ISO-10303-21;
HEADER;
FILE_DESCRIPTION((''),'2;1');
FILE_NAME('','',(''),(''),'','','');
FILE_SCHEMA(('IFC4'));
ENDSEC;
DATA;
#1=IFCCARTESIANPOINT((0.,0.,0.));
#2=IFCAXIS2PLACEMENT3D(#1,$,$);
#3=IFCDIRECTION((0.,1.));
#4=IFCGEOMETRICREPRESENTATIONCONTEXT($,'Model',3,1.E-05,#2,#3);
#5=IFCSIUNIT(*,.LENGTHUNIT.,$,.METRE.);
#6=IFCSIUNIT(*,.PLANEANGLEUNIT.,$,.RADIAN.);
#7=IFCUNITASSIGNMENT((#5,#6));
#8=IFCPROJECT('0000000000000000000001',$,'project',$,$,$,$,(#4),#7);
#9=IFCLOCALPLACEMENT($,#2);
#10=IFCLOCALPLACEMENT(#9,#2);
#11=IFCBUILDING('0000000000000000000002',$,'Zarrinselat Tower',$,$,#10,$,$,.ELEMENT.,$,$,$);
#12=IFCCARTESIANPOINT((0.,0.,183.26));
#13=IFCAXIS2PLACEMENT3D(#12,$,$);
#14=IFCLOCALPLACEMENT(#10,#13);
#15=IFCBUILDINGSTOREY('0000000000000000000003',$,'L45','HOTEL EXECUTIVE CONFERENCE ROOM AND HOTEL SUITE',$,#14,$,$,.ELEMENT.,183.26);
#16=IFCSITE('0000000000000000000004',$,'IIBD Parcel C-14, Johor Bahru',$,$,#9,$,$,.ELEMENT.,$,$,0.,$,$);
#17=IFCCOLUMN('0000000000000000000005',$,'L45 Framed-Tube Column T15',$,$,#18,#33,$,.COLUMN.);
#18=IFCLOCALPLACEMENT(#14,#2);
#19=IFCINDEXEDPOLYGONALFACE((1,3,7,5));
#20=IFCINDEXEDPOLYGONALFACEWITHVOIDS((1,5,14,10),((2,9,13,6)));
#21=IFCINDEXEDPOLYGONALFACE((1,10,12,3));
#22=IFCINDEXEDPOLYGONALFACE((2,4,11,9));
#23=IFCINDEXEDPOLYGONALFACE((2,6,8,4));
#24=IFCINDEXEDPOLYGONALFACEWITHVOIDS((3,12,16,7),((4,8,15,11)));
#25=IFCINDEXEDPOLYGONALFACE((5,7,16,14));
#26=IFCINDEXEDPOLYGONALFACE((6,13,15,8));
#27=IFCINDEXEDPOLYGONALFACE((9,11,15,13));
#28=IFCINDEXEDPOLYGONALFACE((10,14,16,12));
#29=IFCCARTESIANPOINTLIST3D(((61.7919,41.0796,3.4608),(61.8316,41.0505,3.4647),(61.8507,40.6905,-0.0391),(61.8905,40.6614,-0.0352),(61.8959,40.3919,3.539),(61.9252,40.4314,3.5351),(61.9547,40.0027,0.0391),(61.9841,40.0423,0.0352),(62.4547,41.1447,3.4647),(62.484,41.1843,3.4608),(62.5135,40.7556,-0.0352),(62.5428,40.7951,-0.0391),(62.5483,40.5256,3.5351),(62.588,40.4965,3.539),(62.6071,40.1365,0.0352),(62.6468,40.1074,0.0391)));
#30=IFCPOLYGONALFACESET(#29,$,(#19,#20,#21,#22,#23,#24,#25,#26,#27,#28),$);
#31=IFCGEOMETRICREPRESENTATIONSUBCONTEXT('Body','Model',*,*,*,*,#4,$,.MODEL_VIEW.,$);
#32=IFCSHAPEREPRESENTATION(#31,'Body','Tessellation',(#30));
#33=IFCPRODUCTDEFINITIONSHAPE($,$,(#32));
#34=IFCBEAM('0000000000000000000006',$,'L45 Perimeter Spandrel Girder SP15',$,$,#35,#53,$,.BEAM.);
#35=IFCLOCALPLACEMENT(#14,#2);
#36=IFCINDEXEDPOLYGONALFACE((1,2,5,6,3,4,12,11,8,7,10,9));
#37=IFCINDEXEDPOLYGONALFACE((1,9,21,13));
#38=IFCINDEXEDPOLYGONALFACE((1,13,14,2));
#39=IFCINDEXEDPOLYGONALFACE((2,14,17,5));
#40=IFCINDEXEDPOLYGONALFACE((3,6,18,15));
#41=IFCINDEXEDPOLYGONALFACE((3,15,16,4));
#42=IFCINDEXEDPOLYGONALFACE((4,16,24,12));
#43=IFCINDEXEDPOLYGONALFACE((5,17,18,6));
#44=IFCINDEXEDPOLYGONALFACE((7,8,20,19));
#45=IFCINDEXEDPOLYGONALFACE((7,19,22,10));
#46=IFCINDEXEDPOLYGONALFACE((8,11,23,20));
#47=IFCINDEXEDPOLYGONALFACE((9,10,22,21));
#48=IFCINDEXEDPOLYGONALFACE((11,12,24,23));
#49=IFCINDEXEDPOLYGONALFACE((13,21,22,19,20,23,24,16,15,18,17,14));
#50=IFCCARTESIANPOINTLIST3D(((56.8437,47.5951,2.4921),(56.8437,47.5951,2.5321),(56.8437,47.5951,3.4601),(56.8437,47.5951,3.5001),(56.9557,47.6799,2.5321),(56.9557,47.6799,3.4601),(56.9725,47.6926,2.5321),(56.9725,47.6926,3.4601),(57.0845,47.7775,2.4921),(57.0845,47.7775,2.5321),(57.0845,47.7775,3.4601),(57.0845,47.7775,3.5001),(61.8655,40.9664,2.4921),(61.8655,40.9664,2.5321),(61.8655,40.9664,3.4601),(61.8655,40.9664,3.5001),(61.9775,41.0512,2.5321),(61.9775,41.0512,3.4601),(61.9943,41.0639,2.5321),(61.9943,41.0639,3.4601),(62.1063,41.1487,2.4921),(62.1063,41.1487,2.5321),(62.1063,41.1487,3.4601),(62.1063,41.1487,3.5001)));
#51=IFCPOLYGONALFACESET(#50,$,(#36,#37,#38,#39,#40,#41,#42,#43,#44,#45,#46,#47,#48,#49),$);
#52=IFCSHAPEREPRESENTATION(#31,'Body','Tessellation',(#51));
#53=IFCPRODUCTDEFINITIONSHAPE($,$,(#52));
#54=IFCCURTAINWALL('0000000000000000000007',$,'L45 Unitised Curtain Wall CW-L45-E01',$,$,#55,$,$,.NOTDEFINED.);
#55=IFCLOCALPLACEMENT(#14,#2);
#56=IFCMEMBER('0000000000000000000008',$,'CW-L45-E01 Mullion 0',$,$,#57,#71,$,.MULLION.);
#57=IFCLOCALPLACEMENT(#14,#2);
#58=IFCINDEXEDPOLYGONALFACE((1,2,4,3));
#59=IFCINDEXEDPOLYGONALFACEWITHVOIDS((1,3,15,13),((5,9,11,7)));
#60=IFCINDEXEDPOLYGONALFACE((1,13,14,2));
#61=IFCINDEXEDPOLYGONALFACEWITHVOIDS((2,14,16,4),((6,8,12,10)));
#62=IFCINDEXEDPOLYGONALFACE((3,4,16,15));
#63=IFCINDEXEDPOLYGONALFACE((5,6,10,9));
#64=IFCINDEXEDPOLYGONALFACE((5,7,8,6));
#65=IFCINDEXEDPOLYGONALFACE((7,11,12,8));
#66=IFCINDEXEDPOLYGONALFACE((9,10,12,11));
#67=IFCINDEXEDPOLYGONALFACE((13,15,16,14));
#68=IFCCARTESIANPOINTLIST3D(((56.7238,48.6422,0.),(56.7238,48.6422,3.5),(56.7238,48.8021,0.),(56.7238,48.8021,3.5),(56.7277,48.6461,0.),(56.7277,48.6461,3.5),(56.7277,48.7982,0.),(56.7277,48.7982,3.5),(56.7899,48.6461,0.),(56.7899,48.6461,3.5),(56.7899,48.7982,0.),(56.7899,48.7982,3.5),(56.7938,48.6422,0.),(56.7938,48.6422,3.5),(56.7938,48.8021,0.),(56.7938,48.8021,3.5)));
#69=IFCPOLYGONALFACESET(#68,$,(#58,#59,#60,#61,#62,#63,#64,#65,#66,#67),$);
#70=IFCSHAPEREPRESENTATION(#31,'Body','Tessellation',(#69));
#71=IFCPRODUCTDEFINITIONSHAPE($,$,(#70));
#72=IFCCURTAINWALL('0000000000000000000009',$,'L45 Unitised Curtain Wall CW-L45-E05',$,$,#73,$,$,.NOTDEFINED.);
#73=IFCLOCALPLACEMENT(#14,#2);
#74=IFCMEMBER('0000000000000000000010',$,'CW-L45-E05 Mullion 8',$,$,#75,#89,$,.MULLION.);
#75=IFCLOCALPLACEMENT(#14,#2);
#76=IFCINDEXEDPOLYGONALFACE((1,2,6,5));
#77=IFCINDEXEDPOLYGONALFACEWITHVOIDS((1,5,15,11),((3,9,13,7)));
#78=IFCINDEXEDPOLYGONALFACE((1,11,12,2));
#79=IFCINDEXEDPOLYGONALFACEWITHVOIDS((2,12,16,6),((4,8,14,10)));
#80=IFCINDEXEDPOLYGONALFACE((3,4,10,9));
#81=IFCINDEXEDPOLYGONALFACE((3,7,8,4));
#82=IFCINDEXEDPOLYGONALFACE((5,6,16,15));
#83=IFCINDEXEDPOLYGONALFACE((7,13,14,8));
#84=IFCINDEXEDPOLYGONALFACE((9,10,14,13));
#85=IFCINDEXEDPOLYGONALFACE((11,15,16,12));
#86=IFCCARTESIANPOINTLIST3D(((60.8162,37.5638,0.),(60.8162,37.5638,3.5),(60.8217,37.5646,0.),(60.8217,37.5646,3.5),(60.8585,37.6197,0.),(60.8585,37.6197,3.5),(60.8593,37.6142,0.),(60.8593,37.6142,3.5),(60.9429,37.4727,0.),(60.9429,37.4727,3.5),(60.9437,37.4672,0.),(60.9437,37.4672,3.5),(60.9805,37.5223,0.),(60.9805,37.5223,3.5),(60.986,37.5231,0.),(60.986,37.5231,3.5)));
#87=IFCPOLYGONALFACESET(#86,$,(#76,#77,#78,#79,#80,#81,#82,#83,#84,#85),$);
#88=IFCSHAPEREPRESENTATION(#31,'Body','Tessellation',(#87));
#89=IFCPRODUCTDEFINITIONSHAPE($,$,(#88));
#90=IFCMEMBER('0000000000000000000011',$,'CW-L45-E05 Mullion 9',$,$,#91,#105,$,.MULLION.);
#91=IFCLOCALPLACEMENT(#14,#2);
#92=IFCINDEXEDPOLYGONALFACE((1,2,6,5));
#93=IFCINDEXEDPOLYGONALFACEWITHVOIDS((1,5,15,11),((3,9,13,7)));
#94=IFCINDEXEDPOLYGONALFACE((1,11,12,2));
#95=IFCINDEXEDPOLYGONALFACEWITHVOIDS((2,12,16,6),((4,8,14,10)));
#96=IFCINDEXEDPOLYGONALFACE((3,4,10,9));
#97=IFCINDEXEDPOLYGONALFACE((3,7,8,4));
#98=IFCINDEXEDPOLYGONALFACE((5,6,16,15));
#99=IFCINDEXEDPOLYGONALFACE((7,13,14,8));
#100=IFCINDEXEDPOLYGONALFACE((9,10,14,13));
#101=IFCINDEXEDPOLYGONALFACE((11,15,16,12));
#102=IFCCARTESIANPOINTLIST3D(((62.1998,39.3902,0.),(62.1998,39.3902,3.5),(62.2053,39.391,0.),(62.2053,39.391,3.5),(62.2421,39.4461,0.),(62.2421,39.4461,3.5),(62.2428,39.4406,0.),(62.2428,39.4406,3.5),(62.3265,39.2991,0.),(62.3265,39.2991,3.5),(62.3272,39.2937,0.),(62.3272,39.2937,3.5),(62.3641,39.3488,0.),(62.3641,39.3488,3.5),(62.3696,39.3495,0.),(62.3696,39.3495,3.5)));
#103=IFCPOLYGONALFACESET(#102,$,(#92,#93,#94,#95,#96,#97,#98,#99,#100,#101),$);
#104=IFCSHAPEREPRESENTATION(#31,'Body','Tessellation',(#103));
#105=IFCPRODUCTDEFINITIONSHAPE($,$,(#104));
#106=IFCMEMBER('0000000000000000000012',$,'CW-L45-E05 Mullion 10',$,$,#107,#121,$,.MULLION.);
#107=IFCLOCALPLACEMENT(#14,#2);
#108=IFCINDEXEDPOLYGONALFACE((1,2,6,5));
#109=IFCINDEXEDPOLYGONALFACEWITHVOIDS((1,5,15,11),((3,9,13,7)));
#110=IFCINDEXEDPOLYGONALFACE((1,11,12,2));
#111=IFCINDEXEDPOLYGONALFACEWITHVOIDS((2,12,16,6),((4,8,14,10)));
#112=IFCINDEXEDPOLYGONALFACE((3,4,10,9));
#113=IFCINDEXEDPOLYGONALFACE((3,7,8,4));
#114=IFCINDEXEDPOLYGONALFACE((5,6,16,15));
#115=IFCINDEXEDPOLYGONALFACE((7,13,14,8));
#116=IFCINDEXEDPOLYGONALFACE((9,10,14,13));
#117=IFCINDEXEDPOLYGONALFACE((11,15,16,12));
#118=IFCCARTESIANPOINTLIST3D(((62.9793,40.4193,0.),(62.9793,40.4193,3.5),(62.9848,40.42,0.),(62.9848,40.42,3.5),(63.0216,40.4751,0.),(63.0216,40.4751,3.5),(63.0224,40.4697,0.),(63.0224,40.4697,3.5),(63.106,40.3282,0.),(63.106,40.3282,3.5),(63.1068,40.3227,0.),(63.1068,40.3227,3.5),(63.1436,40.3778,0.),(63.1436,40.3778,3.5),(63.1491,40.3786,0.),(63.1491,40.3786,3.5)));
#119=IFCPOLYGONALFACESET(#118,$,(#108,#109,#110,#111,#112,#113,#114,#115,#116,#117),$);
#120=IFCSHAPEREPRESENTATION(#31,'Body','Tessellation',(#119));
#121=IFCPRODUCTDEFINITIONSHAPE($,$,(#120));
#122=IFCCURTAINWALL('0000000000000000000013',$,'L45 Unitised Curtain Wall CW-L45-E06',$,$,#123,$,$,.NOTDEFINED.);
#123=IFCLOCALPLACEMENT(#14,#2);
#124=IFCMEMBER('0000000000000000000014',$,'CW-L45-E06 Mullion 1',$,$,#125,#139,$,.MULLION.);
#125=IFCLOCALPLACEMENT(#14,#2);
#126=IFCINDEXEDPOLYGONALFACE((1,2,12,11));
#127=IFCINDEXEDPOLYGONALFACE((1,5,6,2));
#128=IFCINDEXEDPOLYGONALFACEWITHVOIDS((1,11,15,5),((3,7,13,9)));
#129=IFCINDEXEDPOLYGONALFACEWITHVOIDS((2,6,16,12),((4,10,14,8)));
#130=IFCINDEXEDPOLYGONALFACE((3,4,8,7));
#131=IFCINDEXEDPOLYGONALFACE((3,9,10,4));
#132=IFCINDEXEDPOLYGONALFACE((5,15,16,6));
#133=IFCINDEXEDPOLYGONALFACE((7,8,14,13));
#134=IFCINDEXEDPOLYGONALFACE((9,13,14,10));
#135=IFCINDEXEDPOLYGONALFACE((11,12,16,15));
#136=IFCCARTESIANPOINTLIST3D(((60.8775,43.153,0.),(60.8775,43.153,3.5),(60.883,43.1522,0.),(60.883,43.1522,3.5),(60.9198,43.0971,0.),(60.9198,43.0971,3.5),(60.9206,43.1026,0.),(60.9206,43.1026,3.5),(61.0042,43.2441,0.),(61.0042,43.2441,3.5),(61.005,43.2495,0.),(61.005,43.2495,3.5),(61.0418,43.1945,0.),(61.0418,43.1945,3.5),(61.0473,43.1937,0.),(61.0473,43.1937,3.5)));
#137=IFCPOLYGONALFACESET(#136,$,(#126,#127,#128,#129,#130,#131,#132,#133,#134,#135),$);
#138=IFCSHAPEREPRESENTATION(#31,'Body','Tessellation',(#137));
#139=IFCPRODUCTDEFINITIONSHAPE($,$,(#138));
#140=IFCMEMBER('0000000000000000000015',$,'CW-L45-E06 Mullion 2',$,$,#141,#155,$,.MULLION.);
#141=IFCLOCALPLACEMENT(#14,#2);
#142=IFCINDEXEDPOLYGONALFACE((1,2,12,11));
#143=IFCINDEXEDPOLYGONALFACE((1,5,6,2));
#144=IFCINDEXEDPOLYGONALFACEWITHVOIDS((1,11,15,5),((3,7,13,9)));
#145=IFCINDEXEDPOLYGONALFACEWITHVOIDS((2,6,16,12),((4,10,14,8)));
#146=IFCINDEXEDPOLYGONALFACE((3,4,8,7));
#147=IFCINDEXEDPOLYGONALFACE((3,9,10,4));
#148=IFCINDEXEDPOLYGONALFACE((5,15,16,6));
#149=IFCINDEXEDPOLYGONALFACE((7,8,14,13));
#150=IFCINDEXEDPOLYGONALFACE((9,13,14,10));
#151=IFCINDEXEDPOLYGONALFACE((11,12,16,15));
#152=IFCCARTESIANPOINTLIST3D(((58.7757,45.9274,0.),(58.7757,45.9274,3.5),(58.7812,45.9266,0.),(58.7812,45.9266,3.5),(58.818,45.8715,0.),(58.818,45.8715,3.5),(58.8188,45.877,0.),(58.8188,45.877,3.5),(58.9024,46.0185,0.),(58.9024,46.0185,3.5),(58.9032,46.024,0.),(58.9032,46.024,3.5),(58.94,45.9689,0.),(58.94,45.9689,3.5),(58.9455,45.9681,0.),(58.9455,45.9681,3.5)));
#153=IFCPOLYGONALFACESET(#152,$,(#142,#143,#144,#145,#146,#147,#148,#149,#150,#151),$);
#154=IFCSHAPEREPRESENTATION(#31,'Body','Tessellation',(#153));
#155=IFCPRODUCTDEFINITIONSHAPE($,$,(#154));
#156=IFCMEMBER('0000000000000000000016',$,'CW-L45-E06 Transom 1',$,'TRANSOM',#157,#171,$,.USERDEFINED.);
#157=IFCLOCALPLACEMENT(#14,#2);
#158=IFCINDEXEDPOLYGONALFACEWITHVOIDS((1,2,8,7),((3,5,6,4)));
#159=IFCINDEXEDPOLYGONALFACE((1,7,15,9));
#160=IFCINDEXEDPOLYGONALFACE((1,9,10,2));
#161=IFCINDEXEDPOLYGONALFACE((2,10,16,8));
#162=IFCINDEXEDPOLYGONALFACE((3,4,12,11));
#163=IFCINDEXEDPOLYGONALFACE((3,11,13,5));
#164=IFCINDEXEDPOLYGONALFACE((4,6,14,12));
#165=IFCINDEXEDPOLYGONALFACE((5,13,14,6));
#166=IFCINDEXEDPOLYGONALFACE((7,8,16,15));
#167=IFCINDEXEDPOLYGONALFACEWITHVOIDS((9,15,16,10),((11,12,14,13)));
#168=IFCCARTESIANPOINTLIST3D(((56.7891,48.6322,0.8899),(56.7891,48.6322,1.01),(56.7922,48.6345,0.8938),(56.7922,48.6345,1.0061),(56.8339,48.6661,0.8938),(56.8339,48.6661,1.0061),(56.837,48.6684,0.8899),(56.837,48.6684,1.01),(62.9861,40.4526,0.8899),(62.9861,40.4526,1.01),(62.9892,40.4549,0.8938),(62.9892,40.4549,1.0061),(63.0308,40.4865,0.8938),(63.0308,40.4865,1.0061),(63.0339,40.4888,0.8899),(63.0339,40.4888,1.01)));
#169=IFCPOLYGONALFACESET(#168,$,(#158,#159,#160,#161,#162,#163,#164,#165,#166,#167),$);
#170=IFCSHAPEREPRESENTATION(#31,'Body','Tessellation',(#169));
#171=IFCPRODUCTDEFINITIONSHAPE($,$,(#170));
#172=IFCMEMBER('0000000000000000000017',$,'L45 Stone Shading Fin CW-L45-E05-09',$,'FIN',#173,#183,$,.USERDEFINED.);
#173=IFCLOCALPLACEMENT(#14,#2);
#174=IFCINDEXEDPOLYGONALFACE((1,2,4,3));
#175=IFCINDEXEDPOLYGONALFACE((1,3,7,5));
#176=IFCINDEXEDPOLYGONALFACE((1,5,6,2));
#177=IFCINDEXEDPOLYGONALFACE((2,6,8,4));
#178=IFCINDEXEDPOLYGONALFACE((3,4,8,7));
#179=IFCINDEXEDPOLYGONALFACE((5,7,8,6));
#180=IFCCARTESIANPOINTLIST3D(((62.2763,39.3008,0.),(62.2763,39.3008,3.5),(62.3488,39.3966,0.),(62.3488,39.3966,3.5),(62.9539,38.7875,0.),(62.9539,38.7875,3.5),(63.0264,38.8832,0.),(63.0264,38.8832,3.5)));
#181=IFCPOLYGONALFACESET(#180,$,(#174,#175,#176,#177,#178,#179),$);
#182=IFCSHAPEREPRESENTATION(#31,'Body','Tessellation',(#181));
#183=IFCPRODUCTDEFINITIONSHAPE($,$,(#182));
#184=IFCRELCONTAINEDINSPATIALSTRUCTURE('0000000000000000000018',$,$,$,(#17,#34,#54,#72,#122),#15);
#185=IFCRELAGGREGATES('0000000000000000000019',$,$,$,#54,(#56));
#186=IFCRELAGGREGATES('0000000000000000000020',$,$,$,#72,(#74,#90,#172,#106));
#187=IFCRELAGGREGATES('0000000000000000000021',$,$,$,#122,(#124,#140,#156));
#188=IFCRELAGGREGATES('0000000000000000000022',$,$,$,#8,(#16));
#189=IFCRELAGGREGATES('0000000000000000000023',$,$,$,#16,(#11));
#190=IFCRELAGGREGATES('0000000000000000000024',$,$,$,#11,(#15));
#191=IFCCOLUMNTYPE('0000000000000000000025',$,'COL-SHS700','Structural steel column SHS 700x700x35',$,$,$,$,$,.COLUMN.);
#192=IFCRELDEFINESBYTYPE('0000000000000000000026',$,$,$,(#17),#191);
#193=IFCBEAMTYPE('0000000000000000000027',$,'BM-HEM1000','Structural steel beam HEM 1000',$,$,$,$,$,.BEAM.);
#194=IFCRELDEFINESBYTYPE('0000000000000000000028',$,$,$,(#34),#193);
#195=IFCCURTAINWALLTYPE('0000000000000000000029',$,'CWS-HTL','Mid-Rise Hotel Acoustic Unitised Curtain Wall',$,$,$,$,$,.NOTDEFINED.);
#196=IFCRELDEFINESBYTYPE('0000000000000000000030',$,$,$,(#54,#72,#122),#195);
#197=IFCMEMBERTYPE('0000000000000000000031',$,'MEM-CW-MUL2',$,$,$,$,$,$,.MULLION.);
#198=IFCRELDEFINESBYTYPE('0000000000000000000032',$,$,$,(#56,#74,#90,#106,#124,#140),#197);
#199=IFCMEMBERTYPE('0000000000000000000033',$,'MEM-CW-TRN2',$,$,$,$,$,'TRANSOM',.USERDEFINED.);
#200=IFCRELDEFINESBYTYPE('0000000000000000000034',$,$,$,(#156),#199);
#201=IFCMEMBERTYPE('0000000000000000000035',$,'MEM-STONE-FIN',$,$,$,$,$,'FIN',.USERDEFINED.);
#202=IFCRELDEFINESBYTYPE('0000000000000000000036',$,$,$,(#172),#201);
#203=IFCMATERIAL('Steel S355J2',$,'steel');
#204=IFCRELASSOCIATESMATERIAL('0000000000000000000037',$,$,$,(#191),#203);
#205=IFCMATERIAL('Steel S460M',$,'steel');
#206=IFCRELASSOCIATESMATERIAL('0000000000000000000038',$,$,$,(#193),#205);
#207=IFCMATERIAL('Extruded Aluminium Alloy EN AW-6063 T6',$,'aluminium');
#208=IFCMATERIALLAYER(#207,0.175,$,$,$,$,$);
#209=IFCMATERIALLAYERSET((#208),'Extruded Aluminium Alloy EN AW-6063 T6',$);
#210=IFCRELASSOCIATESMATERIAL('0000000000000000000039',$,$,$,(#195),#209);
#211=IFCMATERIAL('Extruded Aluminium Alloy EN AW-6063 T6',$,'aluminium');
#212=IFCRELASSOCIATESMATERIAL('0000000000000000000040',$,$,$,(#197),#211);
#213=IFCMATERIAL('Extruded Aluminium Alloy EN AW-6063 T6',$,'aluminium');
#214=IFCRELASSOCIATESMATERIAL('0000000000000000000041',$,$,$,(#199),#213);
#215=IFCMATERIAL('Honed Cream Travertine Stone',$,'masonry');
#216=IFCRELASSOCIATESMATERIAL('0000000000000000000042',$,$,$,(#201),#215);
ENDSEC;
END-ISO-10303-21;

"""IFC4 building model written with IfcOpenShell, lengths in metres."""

from ifc_helpers import new_model, si_unit, direction, frame, origin, origin_2d, place, context, subcontext, project, spatial, rectangle, hollow_rectangle, i_section, extrude, material, layer, layer_set, material_profile, profile_set, type_object, element, aggregate, save


model = new_model("IFC4")

# Units and contexts
model_context = context("Model", 3, precision=1e-05, world=origin(), true_north=direction((0.0, 1.0)))
body_context = subcontext(model_context, "Body", "Model", "MODEL_VIEW")
ifc_project = project(units=[si_unit("LENGTHUNIT", "METRE"), si_unit("PLANEANGLEUNIT", "RADIAN")], contexts=[model_context])

# Site, building, storey
site_placement = place(None, origin())
site = spatial("IfcSite", under=ifc_project, at=site_placement, Name="IIBD Parcel C-14, Johor Bahru", CompositionType="ELEMENT", RefElevation=0.0)
building_placement = place(site_placement, origin())
building = spatial("IfcBuilding", under=site, at=building_placement, Name="Zarrinselat Tower", CompositionType="ELEMENT")
storey_placement = place(building_placement, frame((0.0, 0.0, 183.26)))
storey = spatial("IfcBuildingStorey", under=building, at=storey_placement, Name="L45", Description="HOTEL EXECUTIVE CONFERENCE ROOM AND HOTEL SUITE", CompositionType="ELEMENT", Elevation=183.26)

# Column
ifc_material_1 = material(Name="Steel S355J2", Category="steel")
ifc_material_profile_1 = material_profile(ifc_material_1, hollow_rectangle(XDim=0.7, YDim=0.7, WallThickness=0.0349, at=origin_2d()), Name="SHS 700x700x35")
ifc_profile_set_1 = profile_set([ifc_material_profile_1], Name="Steel S355J2")
column_type = type_object("IfcColumnType", Name="COL-SHS700", Description="Structural steel column SHS 700x700x35", PredefinedType="COLUMN", material=ifc_profile_set_1)
column_placement = place(storey_placement, frame((62.2488, 40.3989, 0.0), z_axis=(-0.016706, 0.110492, 0.993737), x_axis=(-0.988763, -0.149493, 0.0)))
element("IfcColumn", 1, at=column_placement, inside=storey, type_object=column_type, Name="L45 Framed-Tube Column T15", PredefinedType="COLUMN", context=body_context, shape_type="SweptSolid", body=[
    extrude(hollow_rectangle(XDim=0.7, YDim=0.7, WallThickness=0.0349, at=origin_2d()), origin(), (0.0, 0.0, 1.0), 3.522),
])

# Beam
ifc_material_2 = material(Name="Steel S460M", Category="steel")
ifc_material_profile_2 = material_profile(ifc_material_2, i_section(OverallWidth=0.302, OverallDepth=1.0081, WebThickness=0.021, FlangeThickness=0.04, at=origin_2d()), Name="HEM 1000")
ifc_profile_set_2 = profile_set([ifc_material_profile_2], Name="Steel S460M")
beam_type = type_object("IfcBeamType", Name="BM-HEM1000", Description="Structural steel beam HEM 1000", PredefinedType="BEAM", material=ifc_profile_set_2)
beam_placement = place(storey_placement, frame((56.9641, 47.6863, 2.9961), z_axis=(0.603859, -0.797091, 0.0), x_axis=(0.797091, 0.603859, 0.0)))
element("IfcBeam", 2, at=beam_placement, inside=storey, type_object=beam_type, Name="L45 Perimeter Spandrel Girder SP15", PredefinedType="BEAM", context=body_context, shape_type="SweptSolid", body=[
    extrude(i_section(OverallWidth=0.302, OverallDepth=1.0081, WebThickness=0.021, FlangeThickness=0.04, at=origin_2d()), origin(), (0.0, 0.0, 1.0), 8.3162),
])

# Curtain wall, member
ifc_material_3 = material(Name="Extruded Aluminium Alloy EN AW-6063 T6", Category="aluminium")
ifc_layer_1 = layer(ifc_material_3, 0.175)
ifc_layer_set_1 = layer_set([ifc_layer_1], Name="Extruded Aluminium Alloy EN AW-6063 T6")
curtain_wall_type = type_object("IfcCurtainWallType", Name="CWS-HTL", Description="Mid-Rise Hotel Acoustic Unitised Curtain Wall", PredefinedType="NOTDEFINED", material=ifc_layer_set_1)
curtain_wall_1_placement = place(storey_placement, origin())
curtain_wall_1 = element("IfcCurtainWall", 3, at=curtain_wall_1_placement, inside=storey, type_object=curtain_wall_type, Name="L45 Unitised Curtain Wall CW-L45-E01", PredefinedType="NOTDEFINED")
ifc_material_4 = material(Name="Extruded Aluminium Alloy EN AW-6063 T6", Category="aluminium")
ifc_material_profile_3 = material_profile(ifc_material_4, hollow_rectangle(XDim=0.0701, YDim=0.1599, WallThickness=0.0039, at=origin_2d()), Name="RHS 160x70x4")
ifc_profile_set_3 = profile_set([ifc_material_profile_3], Name="Extruded Aluminium Alloy EN AW-6063 T6")
member_type_1 = type_object("IfcMemberType", Name="MEM-CW-MUL2", PredefinedType="MULLION", material=ifc_profile_set_3)
member_1_placement = place(storey_placement, frame((56.7588, 48.7222, 0.0), z_axis=(0.0, 0.0, 1.0), x_axis=(-1.0, 0.0, 0.0)))
member_1 = element("IfcMember", 4, at=member_1_placement, type_object=member_type_1, Name="CW-L45-E01 Mullion 0", PredefinedType="MULLION", context=body_context, shape_type="SweptSolid", body=[
    extrude(hollow_rectangle(XDim=0.0701, YDim=0.1599, WallThickness=0.0039, at=origin_2d()), origin(), (0.0, 0.0, 1.0), 3.5),
])
aggregate(curtain_wall_1, [member_1])

# Curtain walls, members
curtain_wall_2_placement = place(storey_placement, origin())
curtain_wall_2 = element("IfcCurtainWall", 5, at=curtain_wall_2_placement, inside=storey, type_object=curtain_wall_type, Name="L45 Unitised Curtain Wall CW-L45-E05", PredefinedType="NOTDEFINED")
member_2_placement = place(storey_placement, frame((60.9011, 37.5435, 0.0), z_axis=(0.0, 0.0, 1.0), x_axis=(0.603859, 0.797091, 0.0)))
member_2 = element("IfcMember", 6, at=member_2_placement, type_object=member_type_1, Name="CW-L45-E05 Mullion 8", PredefinedType="MULLION", context=body_context, shape_type="SweptSolid", body=[
    extrude(hollow_rectangle(XDim=0.0701, YDim=0.1599, WallThickness=0.0039, at=origin_2d()), origin(), (0.0, 0.0, 1.0), 3.5),
])
member_3_placement = place(storey_placement, frame((62.2847, 39.3699, 0.0), z_axis=(0.0, 0.0, 1.0), x_axis=(0.603859, 0.797091, 0.0)))
member_3 = element("IfcMember", 7, at=member_3_placement, type_object=member_type_1, Name="CW-L45-E05 Mullion 9", PredefinedType="MULLION", context=body_context, shape_type="SweptSolid", body=[
    extrude(hollow_rectangle(XDim=0.0701, YDim=0.1599, WallThickness=0.0039, at=origin_2d()), origin(), (0.0, 0.0, 1.0), 3.5),
])
member_4_placement = place(storey_placement, frame((63.0642, 40.3989, 0.0), z_axis=(0.0, 0.0, 1.0), x_axis=(0.603859, 0.797091, 0.0)))
member_4 = element("IfcMember", 8, at=member_4_placement, type_object=member_type_1, Name="CW-L45-E05 Mullion 10", PredefinedType="MULLION", context=body_context, shape_type="SweptSolid", body=[
    extrude(hollow_rectangle(XDim=0.0701, YDim=0.1599, WallThickness=0.0039, at=origin_2d()), origin(), (0.0, 0.0, 1.0), 3.5),
])
curtain_wall_3_placement = place(storey_placement, origin())
curtain_wall_3 = element("IfcCurtainWall", 9, at=curtain_wall_3_placement, inside=storey, type_object=curtain_wall_type, Name="L45 Unitised Curtain Wall CW-L45-E06", PredefinedType="NOTDEFINED")
member_5_placement = place(storey_placement, frame((60.9624, 43.1733, 0.0), z_axis=(0.0, 0.0, 1.0), x_axis=(-0.60386, 0.79709, 0.0)))
member_5 = element("IfcMember", 10, at=member_5_placement, type_object=member_type_1, Name="CW-L45-E06 Mullion 1", PredefinedType="MULLION", context=body_context, shape_type="SweptSolid", body=[
    extrude(hollow_rectangle(XDim=0.0701, YDim=0.1599, WallThickness=0.0039, at=origin_2d()), origin(), (0.0, 0.0, 1.0), 3.5),
])
member_6_placement = place(storey_placement, frame((58.8606, 45.9478, 0.0), z_axis=(0.0, 0.0, 1.0), x_axis=(-0.60386, 0.79709, 0.0)))
member_6 = element("IfcMember", 11, at=member_6_placement, type_object=member_type_1, Name="CW-L45-E06 Mullion 2", PredefinedType="MULLION", context=body_context, shape_type="SweptSolid", body=[
    extrude(hollow_rectangle(XDim=0.0701, YDim=0.1599, WallThickness=0.0039, at=origin_2d()), origin(), (0.0, 0.0, 1.0), 3.5),
])
ifc_material_5 = material(Name="Extruded Aluminium Alloy EN AW-6063 T6", Category="aluminium")
ifc_material_profile_4 = material_profile(ifc_material_5, hollow_rectangle(XDim=0.0601, YDim=0.1201, WallThickness=0.0039, at=origin_2d()), Name="RHS 120x60x4")
ifc_profile_set_4 = profile_set([ifc_material_profile_4], Name="Extruded Aluminium Alloy EN AW-6063 T6")
member_type_2 = type_object("IfcMemberType", Name="MEM-CW-TRN2", ElementType="TRANSOM", PredefinedType="USERDEFINED", material=ifc_profile_set_4)
member_7_placement = place(storey_placement, frame((63.01, 40.4707, 0.95), z_axis=(-0.603876, 0.797079, 0.0), x_axis=(-0.797079, -0.603876, 0.0)))
member_7 = element("IfcMember", 12, at=member_7_placement, type_object=member_type_2, Name="CW-L45-E06 Transom 1", ObjectType="TRANSOM", PredefinedType="USERDEFINED", context=body_context, shape_type="SweptSolid", body=[
    extrude(hollow_rectangle(XDim=0.0601, YDim=0.1201, WallThickness=0.0039, at=origin_2d()), origin(), (0.0, 0.0, 1.0), 10.262),
])

# Member
ifc_material_6 = material(Name="Honed Cream Travertine Stone", Category="masonry")
ifc_material_profile_5 = material_profile(ifc_material_6, rectangle(XDim=0.1201, YDim=0.8501, at=origin_2d()), Name="FIN 850x120")
ifc_profile_set_5 = profile_set([ifc_material_profile_5], Name="Honed Cream Travertine Stone")
member_type_3 = type_object("IfcMemberType", Name="MEM-STONE-FIN", ElementType="FIN", PredefinedType="USERDEFINED", material=ifc_profile_set_5)
member_8_placement = place(storey_placement, frame((62.6514, 39.092, 0.0), z_axis=(0.0, 0.0, 1.0), x_axis=(-0.603859, -0.797091, 0.0)))
member_8 = element("IfcMember", 13, at=member_8_placement, type_object=member_type_3, Name="L45 Stone Shading Fin CW-L45-E05-09", ObjectType="FIN", PredefinedType="USERDEFINED", context=body_context, shape_type="SweptSolid", body=[
    extrude(rectangle(XDim=0.1201, YDim=0.8501, at=origin_2d()), origin(), (0.0, 0.0, 1.0), 3.5),
])

aggregate(curtain_wall_2, [member_2, member_3, member_8, member_4])
aggregate(curtain_wall_3, [member_5, member_6, member_7])

save(model, "model.ifc")
